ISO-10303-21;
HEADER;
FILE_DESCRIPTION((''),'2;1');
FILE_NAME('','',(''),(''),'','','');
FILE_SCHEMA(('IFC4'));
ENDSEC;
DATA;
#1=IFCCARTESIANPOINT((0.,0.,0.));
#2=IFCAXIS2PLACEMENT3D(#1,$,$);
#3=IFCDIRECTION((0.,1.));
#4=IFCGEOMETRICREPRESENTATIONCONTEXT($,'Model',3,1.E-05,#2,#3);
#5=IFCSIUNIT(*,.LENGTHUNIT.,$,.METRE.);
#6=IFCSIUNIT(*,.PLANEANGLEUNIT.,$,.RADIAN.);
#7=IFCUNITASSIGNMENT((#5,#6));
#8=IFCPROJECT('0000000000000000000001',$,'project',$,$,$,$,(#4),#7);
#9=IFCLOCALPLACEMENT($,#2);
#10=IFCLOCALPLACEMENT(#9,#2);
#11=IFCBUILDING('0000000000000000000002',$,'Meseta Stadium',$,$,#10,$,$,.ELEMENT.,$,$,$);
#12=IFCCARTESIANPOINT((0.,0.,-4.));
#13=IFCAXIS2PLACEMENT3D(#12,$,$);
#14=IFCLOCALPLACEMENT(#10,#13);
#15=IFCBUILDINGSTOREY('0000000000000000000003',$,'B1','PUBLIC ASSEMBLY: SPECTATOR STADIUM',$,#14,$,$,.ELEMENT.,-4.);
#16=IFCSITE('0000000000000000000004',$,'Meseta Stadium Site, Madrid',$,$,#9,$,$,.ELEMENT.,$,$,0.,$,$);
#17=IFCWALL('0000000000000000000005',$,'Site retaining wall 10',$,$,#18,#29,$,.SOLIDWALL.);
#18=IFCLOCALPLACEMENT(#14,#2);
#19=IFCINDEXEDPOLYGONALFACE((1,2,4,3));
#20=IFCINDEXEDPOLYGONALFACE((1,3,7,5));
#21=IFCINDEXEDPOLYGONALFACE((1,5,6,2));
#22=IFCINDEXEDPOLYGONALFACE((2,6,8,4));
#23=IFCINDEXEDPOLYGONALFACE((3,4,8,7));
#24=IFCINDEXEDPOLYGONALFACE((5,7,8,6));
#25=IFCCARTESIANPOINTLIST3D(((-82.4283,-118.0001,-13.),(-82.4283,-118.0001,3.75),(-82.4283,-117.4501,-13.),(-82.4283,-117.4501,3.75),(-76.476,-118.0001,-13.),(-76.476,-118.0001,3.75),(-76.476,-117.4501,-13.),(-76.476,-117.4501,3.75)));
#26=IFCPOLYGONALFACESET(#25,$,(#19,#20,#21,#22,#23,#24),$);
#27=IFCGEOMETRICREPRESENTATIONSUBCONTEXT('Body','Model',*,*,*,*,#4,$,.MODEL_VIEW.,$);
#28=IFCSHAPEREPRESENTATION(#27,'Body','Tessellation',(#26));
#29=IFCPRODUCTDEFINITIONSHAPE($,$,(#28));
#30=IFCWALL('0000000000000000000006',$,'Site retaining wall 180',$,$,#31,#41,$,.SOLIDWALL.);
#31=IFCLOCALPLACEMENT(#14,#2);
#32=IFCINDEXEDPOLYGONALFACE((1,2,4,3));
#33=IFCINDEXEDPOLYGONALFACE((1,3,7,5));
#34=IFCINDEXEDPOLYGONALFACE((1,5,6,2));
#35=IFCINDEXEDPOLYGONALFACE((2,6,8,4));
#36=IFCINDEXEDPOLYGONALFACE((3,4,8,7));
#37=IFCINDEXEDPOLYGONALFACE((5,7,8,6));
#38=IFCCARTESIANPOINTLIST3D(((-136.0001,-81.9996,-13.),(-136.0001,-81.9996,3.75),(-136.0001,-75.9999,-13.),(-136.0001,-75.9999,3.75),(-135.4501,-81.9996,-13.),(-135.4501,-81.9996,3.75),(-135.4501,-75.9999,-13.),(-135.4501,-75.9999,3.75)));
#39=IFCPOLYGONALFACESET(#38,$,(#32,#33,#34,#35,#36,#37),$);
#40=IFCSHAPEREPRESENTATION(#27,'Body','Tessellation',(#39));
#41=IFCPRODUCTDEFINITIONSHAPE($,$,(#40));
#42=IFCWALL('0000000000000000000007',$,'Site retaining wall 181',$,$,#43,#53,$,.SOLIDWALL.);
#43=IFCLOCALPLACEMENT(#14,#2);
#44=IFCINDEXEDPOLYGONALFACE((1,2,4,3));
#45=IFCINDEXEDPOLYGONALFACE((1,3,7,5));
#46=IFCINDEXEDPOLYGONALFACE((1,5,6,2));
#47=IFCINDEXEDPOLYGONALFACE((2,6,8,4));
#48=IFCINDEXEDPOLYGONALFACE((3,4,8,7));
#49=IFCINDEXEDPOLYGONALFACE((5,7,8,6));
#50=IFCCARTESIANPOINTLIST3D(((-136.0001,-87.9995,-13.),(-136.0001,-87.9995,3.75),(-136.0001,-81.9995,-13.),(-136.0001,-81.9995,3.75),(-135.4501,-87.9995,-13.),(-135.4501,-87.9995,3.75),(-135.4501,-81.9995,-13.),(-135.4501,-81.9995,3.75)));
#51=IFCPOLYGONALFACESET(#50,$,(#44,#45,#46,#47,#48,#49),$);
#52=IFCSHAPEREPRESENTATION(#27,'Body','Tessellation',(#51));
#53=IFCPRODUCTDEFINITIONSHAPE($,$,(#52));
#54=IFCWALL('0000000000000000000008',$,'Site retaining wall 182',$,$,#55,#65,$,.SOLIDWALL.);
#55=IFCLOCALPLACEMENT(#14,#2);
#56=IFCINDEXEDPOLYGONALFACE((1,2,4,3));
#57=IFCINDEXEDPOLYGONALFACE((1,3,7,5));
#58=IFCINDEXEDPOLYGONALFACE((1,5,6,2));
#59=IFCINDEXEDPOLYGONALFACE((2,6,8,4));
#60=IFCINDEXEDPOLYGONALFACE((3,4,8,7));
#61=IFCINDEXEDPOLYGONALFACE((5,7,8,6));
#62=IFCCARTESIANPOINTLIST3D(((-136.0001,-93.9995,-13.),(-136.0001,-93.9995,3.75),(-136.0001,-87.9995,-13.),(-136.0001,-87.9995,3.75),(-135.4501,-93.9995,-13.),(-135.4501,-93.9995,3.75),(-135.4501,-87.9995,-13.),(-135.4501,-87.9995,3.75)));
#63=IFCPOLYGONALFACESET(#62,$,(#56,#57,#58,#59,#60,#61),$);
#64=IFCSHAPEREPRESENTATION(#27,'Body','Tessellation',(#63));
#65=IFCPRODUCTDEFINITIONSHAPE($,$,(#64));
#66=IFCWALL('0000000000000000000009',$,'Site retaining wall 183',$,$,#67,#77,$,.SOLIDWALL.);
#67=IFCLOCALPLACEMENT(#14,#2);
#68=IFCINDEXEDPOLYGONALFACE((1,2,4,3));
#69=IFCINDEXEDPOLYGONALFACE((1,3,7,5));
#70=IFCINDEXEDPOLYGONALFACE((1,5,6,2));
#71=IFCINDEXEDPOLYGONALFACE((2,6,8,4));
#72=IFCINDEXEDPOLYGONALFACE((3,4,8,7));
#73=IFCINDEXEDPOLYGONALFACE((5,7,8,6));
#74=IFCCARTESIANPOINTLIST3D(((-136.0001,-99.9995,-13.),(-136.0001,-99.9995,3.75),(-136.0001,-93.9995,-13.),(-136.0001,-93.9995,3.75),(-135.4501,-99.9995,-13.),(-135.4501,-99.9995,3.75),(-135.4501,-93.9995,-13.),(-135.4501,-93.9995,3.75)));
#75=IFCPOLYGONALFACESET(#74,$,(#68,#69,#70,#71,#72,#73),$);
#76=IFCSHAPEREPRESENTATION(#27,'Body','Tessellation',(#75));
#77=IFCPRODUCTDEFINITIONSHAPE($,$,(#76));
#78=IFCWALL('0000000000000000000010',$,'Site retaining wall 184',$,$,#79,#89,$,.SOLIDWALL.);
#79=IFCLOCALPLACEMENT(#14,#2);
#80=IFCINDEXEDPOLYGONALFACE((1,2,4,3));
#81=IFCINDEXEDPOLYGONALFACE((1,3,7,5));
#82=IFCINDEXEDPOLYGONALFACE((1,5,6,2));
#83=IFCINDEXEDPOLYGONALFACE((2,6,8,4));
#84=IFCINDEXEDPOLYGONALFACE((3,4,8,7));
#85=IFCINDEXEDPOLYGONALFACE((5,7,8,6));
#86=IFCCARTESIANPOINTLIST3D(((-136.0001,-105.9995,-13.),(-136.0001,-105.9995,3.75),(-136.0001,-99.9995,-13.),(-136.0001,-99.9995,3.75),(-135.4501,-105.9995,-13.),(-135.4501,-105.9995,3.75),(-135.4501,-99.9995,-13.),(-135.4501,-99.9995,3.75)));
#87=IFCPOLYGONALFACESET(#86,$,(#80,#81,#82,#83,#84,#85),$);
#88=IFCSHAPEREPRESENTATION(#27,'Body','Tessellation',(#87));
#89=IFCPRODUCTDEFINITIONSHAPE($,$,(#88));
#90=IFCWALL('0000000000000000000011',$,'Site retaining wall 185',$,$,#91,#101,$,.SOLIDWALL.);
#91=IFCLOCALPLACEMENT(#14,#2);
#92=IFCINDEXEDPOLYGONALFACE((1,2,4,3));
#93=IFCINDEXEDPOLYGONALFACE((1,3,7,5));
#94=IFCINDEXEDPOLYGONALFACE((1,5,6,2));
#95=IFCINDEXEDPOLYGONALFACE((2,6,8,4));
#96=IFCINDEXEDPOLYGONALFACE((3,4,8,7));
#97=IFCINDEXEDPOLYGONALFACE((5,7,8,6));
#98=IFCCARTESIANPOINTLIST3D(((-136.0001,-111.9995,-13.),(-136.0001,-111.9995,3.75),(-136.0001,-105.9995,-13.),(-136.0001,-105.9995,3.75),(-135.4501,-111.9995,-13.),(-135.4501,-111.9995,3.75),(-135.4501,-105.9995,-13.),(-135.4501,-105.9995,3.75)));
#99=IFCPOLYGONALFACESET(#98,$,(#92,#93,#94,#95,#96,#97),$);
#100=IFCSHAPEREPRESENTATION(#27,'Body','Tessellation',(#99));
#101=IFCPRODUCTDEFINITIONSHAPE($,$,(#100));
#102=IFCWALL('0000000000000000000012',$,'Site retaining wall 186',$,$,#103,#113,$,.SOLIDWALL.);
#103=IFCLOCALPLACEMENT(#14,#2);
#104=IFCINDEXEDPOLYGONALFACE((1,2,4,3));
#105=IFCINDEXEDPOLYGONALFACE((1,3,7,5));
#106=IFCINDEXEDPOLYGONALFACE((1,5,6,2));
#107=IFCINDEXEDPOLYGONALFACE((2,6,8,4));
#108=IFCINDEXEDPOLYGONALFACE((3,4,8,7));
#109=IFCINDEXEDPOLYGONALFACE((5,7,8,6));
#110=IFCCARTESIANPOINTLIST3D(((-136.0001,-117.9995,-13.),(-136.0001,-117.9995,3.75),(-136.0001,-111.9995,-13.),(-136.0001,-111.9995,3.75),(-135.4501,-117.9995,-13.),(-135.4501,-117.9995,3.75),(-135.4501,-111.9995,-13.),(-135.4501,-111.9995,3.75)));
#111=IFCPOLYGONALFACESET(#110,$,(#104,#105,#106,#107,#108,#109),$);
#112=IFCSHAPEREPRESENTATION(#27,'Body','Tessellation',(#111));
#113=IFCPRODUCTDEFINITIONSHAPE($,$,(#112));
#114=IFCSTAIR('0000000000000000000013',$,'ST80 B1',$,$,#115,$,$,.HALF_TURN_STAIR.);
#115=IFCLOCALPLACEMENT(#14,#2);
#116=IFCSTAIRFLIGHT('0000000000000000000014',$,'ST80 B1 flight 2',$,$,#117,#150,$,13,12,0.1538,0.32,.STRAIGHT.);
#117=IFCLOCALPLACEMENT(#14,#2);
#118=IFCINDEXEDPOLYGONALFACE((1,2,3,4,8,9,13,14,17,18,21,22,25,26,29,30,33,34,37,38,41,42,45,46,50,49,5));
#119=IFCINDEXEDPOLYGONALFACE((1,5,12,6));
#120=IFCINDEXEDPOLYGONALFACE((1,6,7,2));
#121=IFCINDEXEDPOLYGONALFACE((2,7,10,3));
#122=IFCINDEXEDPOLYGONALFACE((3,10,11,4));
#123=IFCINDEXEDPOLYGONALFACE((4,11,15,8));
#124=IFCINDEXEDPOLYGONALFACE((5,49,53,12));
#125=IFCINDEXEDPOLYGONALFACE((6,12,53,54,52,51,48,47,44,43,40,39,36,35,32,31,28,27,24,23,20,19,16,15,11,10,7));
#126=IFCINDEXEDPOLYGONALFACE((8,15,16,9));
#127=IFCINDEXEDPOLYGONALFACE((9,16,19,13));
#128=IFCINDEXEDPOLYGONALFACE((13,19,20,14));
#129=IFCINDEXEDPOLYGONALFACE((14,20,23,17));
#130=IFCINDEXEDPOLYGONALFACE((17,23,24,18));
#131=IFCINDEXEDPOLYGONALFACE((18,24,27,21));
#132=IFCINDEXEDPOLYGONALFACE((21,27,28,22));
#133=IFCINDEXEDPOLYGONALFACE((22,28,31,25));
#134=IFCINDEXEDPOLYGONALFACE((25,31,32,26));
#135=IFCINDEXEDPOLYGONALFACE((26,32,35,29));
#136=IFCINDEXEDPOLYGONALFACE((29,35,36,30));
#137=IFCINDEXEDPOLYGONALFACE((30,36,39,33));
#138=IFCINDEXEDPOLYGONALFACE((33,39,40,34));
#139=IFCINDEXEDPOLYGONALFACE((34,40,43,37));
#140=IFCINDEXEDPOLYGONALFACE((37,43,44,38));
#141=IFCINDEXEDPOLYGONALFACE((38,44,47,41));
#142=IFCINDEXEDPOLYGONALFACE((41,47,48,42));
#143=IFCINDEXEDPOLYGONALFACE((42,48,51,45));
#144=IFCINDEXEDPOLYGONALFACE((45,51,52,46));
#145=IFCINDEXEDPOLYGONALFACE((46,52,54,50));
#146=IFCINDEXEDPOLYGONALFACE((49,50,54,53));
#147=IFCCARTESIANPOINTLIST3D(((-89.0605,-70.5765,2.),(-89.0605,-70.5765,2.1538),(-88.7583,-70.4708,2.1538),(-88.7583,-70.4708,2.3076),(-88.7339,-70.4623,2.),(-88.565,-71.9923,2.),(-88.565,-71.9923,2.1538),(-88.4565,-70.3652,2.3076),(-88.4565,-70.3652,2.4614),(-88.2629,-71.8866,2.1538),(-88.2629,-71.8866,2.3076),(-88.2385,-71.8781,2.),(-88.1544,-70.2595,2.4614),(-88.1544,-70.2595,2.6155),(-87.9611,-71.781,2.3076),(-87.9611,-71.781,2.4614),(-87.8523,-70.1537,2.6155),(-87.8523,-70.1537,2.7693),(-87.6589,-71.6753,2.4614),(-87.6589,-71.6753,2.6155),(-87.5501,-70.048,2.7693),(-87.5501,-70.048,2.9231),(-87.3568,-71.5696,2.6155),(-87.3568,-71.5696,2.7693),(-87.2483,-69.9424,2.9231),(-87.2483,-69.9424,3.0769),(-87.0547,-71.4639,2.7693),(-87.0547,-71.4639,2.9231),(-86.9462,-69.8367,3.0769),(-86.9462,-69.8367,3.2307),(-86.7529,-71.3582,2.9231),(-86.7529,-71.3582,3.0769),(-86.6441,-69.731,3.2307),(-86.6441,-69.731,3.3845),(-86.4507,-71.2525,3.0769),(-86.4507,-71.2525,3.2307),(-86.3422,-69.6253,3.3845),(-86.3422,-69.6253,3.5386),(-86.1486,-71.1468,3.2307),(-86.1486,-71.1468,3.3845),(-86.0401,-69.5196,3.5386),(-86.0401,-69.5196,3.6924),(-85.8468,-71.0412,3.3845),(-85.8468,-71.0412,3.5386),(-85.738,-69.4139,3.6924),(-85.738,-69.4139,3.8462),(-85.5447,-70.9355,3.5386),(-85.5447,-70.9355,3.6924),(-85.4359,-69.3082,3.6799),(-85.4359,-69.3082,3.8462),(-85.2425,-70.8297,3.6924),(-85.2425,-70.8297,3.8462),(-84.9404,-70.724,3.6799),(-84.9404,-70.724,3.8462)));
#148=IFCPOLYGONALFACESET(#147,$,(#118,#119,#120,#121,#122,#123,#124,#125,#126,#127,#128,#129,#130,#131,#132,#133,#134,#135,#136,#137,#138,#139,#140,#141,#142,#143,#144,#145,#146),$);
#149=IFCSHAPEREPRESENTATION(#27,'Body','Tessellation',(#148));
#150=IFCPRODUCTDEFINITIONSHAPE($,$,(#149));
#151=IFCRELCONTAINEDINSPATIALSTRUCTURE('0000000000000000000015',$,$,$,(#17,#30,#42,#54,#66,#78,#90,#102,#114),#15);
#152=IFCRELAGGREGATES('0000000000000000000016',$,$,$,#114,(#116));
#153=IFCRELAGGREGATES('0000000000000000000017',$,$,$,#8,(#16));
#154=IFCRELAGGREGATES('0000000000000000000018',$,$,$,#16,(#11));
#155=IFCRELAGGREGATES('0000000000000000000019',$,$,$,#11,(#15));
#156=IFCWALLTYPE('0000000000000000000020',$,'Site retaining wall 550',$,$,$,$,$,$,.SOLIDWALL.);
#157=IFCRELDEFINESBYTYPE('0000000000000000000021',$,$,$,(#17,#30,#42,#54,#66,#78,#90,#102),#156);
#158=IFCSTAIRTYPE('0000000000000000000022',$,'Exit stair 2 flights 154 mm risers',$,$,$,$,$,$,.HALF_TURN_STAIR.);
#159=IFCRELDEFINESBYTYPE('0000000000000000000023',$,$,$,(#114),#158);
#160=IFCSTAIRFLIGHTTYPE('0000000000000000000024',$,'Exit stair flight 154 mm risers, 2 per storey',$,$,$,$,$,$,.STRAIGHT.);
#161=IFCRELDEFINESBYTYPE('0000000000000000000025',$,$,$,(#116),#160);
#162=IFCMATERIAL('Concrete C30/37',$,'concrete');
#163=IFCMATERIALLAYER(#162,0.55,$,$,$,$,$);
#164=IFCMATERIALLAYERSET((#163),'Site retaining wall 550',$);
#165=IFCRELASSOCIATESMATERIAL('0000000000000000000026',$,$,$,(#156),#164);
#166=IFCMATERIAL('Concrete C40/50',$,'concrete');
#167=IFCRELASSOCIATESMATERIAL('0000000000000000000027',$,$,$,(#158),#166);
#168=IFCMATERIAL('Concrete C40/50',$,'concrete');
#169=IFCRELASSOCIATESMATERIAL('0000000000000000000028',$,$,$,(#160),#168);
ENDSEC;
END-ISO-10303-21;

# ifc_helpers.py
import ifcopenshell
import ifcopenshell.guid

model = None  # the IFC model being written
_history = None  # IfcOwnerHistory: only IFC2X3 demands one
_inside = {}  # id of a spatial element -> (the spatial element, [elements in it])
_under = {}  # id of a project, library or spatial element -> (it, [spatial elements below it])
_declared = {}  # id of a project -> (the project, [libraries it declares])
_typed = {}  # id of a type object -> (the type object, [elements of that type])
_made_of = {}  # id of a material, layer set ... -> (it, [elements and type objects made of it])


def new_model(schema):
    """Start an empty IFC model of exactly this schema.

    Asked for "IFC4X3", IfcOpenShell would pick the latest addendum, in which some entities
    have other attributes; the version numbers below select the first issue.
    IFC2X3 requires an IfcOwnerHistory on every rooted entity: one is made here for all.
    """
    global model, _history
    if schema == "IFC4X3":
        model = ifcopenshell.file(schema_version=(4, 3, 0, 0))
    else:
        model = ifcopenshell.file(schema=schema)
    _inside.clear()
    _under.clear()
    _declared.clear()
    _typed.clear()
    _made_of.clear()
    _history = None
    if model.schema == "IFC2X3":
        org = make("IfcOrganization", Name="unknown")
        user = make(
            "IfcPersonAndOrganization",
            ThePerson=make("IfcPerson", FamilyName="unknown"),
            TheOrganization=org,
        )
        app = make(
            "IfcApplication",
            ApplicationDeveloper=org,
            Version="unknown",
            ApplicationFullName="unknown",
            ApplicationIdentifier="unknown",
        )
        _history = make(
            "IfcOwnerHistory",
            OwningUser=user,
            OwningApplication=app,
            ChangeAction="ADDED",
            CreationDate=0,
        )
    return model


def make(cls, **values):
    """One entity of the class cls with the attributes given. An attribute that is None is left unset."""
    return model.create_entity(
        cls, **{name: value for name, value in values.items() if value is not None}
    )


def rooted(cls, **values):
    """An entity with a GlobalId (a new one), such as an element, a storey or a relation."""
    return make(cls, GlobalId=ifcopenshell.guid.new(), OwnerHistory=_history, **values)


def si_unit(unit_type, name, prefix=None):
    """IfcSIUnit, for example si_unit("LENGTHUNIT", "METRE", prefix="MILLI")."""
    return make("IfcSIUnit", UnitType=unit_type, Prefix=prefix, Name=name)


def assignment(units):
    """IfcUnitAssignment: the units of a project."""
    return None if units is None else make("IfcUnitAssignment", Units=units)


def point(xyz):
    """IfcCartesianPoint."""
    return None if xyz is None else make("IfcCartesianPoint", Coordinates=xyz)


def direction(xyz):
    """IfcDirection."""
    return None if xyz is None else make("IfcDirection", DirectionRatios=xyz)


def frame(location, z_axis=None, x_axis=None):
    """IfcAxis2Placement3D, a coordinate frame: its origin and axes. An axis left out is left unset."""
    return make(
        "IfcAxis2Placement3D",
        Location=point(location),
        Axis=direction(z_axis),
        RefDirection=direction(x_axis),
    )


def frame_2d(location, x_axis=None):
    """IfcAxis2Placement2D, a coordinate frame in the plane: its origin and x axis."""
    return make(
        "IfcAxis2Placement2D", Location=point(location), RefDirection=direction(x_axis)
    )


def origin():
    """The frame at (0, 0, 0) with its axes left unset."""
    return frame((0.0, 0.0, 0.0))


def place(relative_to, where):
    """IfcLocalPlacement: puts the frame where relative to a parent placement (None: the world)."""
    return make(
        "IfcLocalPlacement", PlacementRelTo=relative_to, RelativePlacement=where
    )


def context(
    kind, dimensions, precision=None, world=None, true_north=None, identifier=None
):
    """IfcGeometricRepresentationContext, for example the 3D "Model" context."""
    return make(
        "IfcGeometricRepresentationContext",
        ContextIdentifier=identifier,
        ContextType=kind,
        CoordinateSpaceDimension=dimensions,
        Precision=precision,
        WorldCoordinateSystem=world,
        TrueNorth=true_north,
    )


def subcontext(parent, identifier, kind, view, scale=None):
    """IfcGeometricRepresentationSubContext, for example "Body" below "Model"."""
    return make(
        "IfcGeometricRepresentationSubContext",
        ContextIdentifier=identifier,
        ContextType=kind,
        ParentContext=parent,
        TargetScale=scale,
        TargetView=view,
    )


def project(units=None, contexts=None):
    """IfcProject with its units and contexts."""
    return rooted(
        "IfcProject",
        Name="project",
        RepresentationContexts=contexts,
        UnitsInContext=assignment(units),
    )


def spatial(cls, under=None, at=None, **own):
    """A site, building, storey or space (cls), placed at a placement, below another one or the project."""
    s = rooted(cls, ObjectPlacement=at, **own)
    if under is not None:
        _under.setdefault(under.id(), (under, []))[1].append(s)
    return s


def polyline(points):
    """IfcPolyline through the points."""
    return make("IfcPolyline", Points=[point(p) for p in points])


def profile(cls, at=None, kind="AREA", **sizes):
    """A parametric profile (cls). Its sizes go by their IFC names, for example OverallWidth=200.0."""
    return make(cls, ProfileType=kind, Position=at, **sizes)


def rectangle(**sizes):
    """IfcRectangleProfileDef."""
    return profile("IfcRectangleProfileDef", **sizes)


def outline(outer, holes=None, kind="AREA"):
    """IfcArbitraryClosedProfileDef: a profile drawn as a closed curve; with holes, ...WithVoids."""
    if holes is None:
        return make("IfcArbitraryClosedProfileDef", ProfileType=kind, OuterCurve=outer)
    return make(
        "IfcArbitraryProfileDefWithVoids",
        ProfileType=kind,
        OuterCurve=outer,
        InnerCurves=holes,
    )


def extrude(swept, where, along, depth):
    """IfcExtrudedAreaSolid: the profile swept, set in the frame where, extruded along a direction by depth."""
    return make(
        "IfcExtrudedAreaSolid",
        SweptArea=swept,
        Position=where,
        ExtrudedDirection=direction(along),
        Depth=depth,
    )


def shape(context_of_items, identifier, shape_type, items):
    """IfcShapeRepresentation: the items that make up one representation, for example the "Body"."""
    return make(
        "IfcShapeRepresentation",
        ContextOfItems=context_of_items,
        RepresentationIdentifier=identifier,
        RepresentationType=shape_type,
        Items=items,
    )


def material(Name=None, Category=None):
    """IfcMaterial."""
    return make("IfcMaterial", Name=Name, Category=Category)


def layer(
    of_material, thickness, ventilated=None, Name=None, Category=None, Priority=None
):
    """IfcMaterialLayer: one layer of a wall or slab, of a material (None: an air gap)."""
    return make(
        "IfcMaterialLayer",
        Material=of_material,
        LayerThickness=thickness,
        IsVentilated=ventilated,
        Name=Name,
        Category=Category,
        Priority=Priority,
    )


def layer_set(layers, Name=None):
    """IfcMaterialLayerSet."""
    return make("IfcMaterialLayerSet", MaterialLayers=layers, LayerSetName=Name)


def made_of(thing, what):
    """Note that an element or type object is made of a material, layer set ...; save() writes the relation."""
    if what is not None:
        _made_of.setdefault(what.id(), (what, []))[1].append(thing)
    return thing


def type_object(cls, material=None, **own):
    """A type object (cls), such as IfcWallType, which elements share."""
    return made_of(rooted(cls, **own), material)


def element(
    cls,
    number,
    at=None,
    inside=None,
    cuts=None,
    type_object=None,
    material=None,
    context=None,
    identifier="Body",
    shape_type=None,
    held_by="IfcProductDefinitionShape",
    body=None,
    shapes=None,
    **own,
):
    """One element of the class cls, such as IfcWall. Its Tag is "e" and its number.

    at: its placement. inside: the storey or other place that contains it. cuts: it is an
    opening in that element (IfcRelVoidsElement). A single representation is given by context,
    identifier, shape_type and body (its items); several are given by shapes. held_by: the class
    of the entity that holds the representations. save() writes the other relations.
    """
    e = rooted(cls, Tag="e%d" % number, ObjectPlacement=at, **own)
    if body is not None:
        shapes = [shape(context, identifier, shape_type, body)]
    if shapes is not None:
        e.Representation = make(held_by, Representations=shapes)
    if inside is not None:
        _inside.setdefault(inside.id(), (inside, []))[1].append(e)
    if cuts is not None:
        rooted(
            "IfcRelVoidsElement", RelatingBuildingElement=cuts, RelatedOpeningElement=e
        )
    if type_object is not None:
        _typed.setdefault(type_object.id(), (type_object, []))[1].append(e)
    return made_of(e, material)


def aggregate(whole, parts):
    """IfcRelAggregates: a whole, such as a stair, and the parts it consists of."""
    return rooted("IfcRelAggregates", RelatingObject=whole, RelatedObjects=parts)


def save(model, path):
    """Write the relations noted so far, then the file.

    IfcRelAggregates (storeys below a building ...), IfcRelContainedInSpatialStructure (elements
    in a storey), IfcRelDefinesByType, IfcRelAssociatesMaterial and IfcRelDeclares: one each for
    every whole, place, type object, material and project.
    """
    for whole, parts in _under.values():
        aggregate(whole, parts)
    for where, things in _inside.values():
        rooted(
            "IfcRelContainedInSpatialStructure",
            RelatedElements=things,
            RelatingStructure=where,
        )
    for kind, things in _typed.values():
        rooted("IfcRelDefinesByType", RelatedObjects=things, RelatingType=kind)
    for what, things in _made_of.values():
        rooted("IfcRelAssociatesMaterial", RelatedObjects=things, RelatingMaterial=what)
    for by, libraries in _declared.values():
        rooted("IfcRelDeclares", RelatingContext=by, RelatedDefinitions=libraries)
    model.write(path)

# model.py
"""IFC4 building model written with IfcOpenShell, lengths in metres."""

from ifc_helpers import new_model, si_unit, direction, frame, frame_2d, origin, place, context, subcontext, project, spatial, polyline, rectangle, outline, extrude, material, layer, layer_set, type_object, element, aggregate, save


model = new_model("IFC4")

# Units and contexts
model_context = context("Model", 3, precision=1e-05, world=origin(), true_north=direction((0.0, 1.0)))
body_context = subcontext(model_context, "Body", "Model", "MODEL_VIEW")
ifc_project = project(units=[si_unit("LENGTHUNIT", "METRE"), si_unit("PLANEANGLEUNIT", "RADIAN")], contexts=[model_context])

# Site, building, storey
site_placement = place(None, origin())
site = spatial("IfcSite", under=ifc_project, at=site_placement, Name="Meseta Stadium Site, Madrid", CompositionType="ELEMENT", RefElevation=0.0)
building_placement = place(site_placement, origin())
building = spatial("IfcBuilding", under=site, at=building_placement, Name="Meseta Stadium", CompositionType="ELEMENT")
storey_placement = place(building_placement, frame((0.0, 0.0, -4.0)))
storey = spatial("IfcBuildingStorey", under=building, at=storey_placement, Name="B1", Description="PUBLIC ASSEMBLY: SPECTATOR STADIUM", CompositionType="ELEMENT", Elevation=-4.0)

# Walls
ifc_material_1 = material(Name="Concrete C30/37", Category="concrete")
ifc_layer_1 = layer(ifc_material_1, 0.55)
ifc_layer_set_1 = layer_set([ifc_layer_1], Name="Site retaining wall 550")
wall_type_1 = type_object("IfcWallType", Name="Site retaining wall 550", PredefinedType="SOLIDWALL", material=ifc_layer_set_1)
for number, where, z_axis, x_axis, name in (
    (1, (-82.4282, -117.7251, -13.0), (0.0, 0.0, 1.0), (1.0, 0.0, 0.0), "Site retaining wall 10"),
):
    element("IfcWall", number, at=place(storey_placement, frame(where, z_axis=z_axis, x_axis=x_axis)), inside=storey, type_object=wall_type_1, Name=name, PredefinedType="SOLIDWALL", context=body_context, shape_type="SweptSolid", body=[
        extrude(rectangle(XDim=5.9524, YDim=0.55, at=frame_2d((2.9761, 0.0))), origin(), (0.0, 0.0, 1.0), 16.75),
    ])
wall_1_placement = place(storey_placement, frame((-135.7251, -75.9998, -13.0), z_axis=(0.0, 0.0, 1.0), x_axis=(0.0, -1.0, 0.0)))
element("IfcWall", 2, at=wall_1_placement, inside=storey, type_object=wall_type_1, Name="Site retaining wall 180", PredefinedType="SOLIDWALL", context=body_context, shape_type="SweptSolid", body=[
    extrude(rectangle(XDim=5.9998, YDim=0.55, at=frame_2d((3.0, 0.0))), origin(), (0.0, 0.0, 1.0), 16.75),
])
for number, where, z_axis, x_axis, name in (
    (3, (-135.7251, -81.9995, -13.0), (0.0, 0.0, 1.0), (0.0, -1.0, 0.0), "Site retaining wall 181"),
    (4, (-135.7251, -87.9995, -13.0), (0.0, 0.0, 1.0), (0.0, -1.0, 0.0), "Site retaining wall 182"),
    (5, (-135.7251, -93.9995, -13.0), (0.0, 0.0, 1.0), (0.0, -1.0, 0.0), "Site retaining wall 183"),
    (6, (-135.7251, -99.9995, -13.0), (0.0, 0.0, 1.0), (0.0, -1.0, 0.0), "Site retaining wall 184"),
    (7, (-135.7251, -105.9995, -13.0), (0.0, 0.0, 1.0), (0.0, -1.0, 0.0), "Site retaining wall 185"),
    (8, (-135.7251, -111.9995, -13.0), (0.0, 0.0, 1.0), (0.0, -1.0, 0.0), "Site retaining wall 186"),
):
    element("IfcWall", number, at=place(storey_placement, frame(where, z_axis=z_axis, x_axis=x_axis)), inside=storey, type_object=wall_type_1, Name=name, PredefinedType="SOLIDWALL", context=body_context, shape_type="SweptSolid", body=[
        extrude(rectangle(XDim=6.0, YDim=0.55, at=frame_2d((3.0, 0.0))), origin(), (0.0, 0.0, 1.0), 16.75),
    ])

# Stair, stair flight
ifc_material_2 = material(Name="Concrete C40/50", Category="concrete")
stair_type = type_object("IfcStairType", Name="Exit stair 2 flights 154 mm risers", PredefinedType="HALF_TURN_STAIR", material=ifc_material_2)
stair_placement = place(storey_placement, origin())
stair = element("IfcStair", 9, at=stair_placement, inside=storey, type_object=stair_type, Name="ST80 B1", PredefinedType="HALF_TURN_STAIR")
ifc_material_3 = material(Name="Concrete C40/50", Category="concrete")
stair_flight_type = type_object("IfcStairFlightType", Name="Exit stair flight 154 mm risers, 2 per storey", PredefinedType="STRAIGHT", material=ifc_material_3)
stair_flight_placement = place(storey_placement, frame((-88.8127, -71.2844, 2.0), z_axis=(0.0, 0.0, 1.0), x_axis=(0.943883, 0.330279, 0.0)))
stair_flight = element("IfcStairFlight", 10, at=stair_flight_placement, type_object=stair_flight_type, Name="ST80 B1 flight 2", NumberOfRisers=13, NumberOfTreads=12, PredefinedType="STRAIGHT", RiserHeight=0.1538, TreadLength=0.32, context=body_context, shape_type="SweptSolid", body=[
    extrude(outline(polyline([(0.0, 0.0), (0.0, 0.1538), (0.3201, 0.1538), (0.3201, 0.3076), (0.6399, 0.3076), (0.6399, 0.4614), (0.96, 0.4614), (0.96, 0.6155), (1.28, 0.6155), (1.28, 0.7693), (1.6001, 0.7693), (1.6001, 0.9231), (1.9199, 0.9231), (1.9199, 1.0769), (2.24, 1.0769), (2.24, 1.2307), (2.5601, 1.2307), (2.5601, 1.3845), (2.8799, 1.3845), (2.8799, 1.5386), (3.2, 1.5386), (3.2, 1.6924), (3.52, 1.6924), (3.52, 1.8462), (3.8401, 1.8462), (3.8401, 1.6799), (0.3459, 0.0), (0.0, 0.0)])), frame((0.0, 0.75, 0.0), z_axis=(0.0, -1.0, 0.0), x_axis=(1.0, 0.0, 0.0)), (0.0, 0.0, 1.0), 1.5),
])
aggregate(stair, [stair_flight])

save(model, "model.ifc")
